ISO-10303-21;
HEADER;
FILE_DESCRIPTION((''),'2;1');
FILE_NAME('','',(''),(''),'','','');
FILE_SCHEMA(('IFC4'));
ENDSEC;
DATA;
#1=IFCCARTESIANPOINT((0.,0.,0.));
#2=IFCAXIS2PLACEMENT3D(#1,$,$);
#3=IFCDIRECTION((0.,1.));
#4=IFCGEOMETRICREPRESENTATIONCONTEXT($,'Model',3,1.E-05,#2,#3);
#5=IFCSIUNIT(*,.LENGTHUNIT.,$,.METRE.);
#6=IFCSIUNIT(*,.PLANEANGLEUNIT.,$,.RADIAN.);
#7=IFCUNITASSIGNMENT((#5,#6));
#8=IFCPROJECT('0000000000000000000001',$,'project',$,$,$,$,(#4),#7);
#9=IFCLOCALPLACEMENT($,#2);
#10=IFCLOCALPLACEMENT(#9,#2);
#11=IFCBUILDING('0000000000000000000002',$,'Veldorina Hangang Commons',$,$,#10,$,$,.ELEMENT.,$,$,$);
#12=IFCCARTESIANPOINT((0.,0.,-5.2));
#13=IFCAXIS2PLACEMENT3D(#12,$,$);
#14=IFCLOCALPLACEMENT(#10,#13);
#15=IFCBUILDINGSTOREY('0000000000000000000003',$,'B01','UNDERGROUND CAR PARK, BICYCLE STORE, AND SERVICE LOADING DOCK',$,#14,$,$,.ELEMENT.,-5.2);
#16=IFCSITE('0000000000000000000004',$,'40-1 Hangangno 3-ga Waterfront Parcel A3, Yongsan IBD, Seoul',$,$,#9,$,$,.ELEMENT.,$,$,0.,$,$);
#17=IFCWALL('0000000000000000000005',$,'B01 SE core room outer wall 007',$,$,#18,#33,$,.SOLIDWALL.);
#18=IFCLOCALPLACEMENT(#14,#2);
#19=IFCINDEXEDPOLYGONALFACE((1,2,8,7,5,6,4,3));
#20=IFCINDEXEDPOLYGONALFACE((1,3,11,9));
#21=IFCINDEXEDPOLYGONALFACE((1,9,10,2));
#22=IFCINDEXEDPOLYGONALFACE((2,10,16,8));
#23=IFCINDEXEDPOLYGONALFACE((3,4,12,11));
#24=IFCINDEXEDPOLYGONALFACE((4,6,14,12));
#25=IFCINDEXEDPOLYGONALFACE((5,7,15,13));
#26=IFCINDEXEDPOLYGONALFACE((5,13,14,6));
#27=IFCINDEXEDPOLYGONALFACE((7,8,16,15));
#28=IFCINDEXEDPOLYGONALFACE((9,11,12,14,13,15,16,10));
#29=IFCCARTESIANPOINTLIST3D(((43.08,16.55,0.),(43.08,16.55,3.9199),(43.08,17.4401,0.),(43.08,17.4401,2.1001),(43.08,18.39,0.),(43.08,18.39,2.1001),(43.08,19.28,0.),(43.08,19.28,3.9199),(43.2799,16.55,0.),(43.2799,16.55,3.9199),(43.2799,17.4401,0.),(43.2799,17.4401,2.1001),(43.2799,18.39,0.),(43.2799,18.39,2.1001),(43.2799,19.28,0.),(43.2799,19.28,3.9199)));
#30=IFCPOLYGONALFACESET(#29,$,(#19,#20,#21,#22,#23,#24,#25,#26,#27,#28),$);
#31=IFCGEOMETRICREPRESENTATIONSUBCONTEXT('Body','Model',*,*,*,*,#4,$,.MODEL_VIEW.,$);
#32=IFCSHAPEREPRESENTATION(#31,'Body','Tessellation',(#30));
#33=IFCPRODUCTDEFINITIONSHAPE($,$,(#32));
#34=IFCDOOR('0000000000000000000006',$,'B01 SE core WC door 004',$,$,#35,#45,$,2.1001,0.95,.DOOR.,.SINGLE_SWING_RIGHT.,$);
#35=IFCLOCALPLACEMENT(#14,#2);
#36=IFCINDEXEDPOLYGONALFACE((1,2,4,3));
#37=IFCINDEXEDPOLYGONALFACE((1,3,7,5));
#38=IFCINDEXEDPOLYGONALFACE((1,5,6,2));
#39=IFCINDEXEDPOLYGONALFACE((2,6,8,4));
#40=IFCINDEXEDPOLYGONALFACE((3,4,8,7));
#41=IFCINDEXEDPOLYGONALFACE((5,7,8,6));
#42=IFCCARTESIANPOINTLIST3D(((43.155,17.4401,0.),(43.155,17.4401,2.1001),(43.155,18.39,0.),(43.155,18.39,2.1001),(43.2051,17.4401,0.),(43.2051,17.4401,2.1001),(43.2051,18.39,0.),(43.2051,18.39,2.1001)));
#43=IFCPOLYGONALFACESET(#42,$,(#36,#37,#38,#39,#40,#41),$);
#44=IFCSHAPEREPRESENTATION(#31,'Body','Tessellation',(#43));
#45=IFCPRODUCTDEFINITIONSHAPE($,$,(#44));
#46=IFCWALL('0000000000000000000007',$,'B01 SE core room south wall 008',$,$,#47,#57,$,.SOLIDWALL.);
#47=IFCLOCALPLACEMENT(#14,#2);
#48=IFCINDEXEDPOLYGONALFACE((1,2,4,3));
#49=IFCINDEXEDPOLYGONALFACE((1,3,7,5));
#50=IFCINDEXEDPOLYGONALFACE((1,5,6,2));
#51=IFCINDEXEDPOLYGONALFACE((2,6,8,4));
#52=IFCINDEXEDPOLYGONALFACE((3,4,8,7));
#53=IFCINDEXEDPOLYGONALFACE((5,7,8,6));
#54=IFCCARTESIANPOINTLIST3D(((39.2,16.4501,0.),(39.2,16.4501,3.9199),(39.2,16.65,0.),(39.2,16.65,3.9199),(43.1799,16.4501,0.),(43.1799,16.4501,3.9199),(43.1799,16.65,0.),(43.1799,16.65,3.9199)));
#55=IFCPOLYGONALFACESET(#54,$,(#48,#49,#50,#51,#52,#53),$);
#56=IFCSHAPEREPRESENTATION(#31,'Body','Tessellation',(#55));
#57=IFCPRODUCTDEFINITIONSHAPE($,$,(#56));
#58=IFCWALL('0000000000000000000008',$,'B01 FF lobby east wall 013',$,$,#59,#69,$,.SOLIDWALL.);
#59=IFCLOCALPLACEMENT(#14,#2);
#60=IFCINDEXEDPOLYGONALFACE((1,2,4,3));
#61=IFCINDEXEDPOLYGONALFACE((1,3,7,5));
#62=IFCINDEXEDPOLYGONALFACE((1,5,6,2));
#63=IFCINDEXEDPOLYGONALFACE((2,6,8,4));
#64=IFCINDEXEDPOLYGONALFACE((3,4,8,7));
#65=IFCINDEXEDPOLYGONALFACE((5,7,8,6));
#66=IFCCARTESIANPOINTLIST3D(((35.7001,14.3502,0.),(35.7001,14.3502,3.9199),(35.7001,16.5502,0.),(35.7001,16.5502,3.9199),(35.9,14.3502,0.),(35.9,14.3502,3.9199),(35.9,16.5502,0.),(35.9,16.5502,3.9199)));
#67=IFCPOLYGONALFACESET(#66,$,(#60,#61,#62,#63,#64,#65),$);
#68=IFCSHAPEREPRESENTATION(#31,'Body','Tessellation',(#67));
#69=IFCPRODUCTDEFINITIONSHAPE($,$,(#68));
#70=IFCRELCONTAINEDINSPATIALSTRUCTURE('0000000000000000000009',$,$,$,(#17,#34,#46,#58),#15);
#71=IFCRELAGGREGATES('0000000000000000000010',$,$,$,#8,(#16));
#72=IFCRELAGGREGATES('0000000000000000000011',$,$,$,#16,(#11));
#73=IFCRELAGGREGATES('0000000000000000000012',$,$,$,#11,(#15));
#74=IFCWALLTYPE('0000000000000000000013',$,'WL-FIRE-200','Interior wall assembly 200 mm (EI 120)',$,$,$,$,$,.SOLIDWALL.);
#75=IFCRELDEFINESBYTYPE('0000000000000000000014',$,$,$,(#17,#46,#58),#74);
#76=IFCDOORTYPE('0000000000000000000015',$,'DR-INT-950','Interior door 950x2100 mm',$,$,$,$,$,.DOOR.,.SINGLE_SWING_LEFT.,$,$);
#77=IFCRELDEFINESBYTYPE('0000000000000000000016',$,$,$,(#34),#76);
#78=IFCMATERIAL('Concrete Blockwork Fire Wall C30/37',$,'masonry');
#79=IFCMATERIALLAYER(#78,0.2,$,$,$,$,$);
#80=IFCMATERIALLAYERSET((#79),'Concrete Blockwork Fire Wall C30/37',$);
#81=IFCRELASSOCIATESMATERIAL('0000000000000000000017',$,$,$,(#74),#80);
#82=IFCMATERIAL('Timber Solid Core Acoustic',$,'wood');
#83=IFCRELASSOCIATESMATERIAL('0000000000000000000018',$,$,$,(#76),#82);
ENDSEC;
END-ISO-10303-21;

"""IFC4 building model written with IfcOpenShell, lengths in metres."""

from ifc_helpers import new_model, si_unit, direction, frame, frame_2d, origin, place, context, subcontext, project, spatial, rectangle, extrude, material, layer, layer_set, type_object, element, fill, save


model = new_model("IFC4")

# Units and contexts
model_context = context("Model", 3, precision=1e-05, world=origin(), true_north=direction((0.0, 1.0)))
body_context = subcontext(model_context, "Body", "Model", "MODEL_VIEW")
ifc_project = project(units=[si_unit("LENGTHUNIT", "METRE"), si_unit("PLANEANGLEUNIT", "RADIAN")], contexts=[model_context])

# Site, building, storey
site_placement = place(None, origin())
site = spatial("IfcSite", under=ifc_project, at=site_placement, Name="40-1 Hangangno 3-ga Waterfront Parcel A3, Yongsan IBD, Seoul", CompositionType="ELEMENT", RefElevation=0.0)
building_placement = place(site_placement, origin())
building = spatial("IfcBuilding", under=site, at=building_placement, Name="Veldorina Hangang Commons", CompositionType="ELEMENT")
storey_placement = place(building_placement, frame((0.0, 0.0, -5.2)))
storey = spatial("IfcBuildingStorey", under=building, at=storey_placement, Name="B01", Description="UNDERGROUND CAR PARK, BICYCLE STORE, AND SERVICE LOADING DOCK", CompositionType="ELEMENT", Elevation=-5.2)

# Wall, opening, door
ifc_material_1 = material(Name="Concrete Blockwork Fire Wall C30/37", Category="masonry")
ifc_layer_1 = layer(ifc_material_1, 0.2)
ifc_layer_set_1 = layer_set([ifc_layer_1], Name="Concrete Blockwork Fire Wall C30/37")
wall_type_1 = type_object("IfcWallType", Name="WL-FIRE-200", Description="Interior wall assembly 200 mm (EI 120)", PredefinedType="SOLIDWALL", material=ifc_layer_set_1)
wall_1_placement = place(storey_placement, frame((43.1799, 16.55, 0.0), z_axis=(0.0, 0.0, 1.0), x_axis=(0.0, 1.0, 0.0)))
wall_1 = element("IfcWall", 1, at=wall_1_placement, inside=storey, type_object=wall_type_1, Name="B01 SE core room outer wall 007", PredefinedType="SOLIDWALL", context=body_context, shape_type="SweptSolid", body=[
    extrude(rectangle(XDim=2.73, YDim=0.2, at=frame_2d((1.365, 0.0))), origin(), (0.0, 0.0, 1.0), 3.9199),
])
opening_1_placement = place(wall_1_placement, frame((0.8899, 0.0, 0.0)))
opening_1 = element("IfcOpeningElement", 2, at=opening_1_placement, cuts=wall_1, PredefinedType="OPENING", context=body_context, shape_type="SweptSolid", body=[
    extrude(rectangle(XDim=0.95, YDim=2.1001, at=frame_2d((0.4751, 1.05))), frame((0.0, 0.1099, 0.0), z_axis=(0.0, -1.0, 0.0), x_axis=(1.0, 0.0, 0.0)), (0.0, 0.0, 1.0), 0.22),
])
ifc_material_2 = material(Name="Timber Solid Core Acoustic", Category="wood")
door_type_1 = type_object("IfcDoorType", Name="DR-INT-950", Description="Interior door 950x2100 mm", OperationType="SINGLE_SWING_LEFT", PredefinedType="DOOR", material=ifc_material_2)
door_1_placement = place(opening_1_placement, origin())
door_1 = element("IfcDoor", 3, at=door_1_placement, inside=storey, type_object=door_type_1, Name="B01 SE core WC door 004", OperationType="SINGLE_SWING_RIGHT", OverallHeight=2.1001, OverallWidth=0.95, PredefinedType="DOOR", context=body_context, shape_type="SweptSolid", body=[
    extrude(rectangle(XDim=0.95, YDim=2.1001, at=frame_2d((0.4751, 1.05))), frame((0.0, 0.0249, 0.0), z_axis=(0.0, -1.0, 0.0), x_axis=(1.0, 0.0, 0.0)), (0.0, 0.0, 1.0), 0.05),
])
fill(opening_1, door_1)

# Walls
wall_2_placement = place(storey_placement, frame((39.2, 16.55, 0.0), z_axis=(0.0, 0.0, 1.0), x_axis=(1.0, 0.0, 0.0)))
element("IfcWall", 4, at=wall_2_placement, inside=storey, type_object=wall_type_1, Name="B01 SE core room south wall 008", PredefinedType="SOLIDWALL", context=body_context, shape_type="SweptSolid", body=[
    extrude(rectangle(XDim=3.98, YDim=0.2, at=frame_2d((1.99, 0.0))), origin(), (0.0, 0.0, 1.0), 3.9199),
])
wall_3_placement = place(storey_placement, frame((35.8, 14.3501, 0.0), z_axis=(0.0, 0.0, 1.0), x_axis=(0.0, 1.0, 0.0)))
element("IfcWall", 5, at=wall_3_placement, inside=storey, type_object=wall_type_1, Name="B01 FF lobby east wall 013", PredefinedType="SOLIDWALL", context=body_context, shape_type="SweptSolid", body=[
    extrude(rectangle(XDim=2.2, YDim=0.2, at=frame_2d((1.1001, 0.0))), origin(), (0.0, 0.0, 1.0), 3.9199),
])

save(model, "model.ifc")
